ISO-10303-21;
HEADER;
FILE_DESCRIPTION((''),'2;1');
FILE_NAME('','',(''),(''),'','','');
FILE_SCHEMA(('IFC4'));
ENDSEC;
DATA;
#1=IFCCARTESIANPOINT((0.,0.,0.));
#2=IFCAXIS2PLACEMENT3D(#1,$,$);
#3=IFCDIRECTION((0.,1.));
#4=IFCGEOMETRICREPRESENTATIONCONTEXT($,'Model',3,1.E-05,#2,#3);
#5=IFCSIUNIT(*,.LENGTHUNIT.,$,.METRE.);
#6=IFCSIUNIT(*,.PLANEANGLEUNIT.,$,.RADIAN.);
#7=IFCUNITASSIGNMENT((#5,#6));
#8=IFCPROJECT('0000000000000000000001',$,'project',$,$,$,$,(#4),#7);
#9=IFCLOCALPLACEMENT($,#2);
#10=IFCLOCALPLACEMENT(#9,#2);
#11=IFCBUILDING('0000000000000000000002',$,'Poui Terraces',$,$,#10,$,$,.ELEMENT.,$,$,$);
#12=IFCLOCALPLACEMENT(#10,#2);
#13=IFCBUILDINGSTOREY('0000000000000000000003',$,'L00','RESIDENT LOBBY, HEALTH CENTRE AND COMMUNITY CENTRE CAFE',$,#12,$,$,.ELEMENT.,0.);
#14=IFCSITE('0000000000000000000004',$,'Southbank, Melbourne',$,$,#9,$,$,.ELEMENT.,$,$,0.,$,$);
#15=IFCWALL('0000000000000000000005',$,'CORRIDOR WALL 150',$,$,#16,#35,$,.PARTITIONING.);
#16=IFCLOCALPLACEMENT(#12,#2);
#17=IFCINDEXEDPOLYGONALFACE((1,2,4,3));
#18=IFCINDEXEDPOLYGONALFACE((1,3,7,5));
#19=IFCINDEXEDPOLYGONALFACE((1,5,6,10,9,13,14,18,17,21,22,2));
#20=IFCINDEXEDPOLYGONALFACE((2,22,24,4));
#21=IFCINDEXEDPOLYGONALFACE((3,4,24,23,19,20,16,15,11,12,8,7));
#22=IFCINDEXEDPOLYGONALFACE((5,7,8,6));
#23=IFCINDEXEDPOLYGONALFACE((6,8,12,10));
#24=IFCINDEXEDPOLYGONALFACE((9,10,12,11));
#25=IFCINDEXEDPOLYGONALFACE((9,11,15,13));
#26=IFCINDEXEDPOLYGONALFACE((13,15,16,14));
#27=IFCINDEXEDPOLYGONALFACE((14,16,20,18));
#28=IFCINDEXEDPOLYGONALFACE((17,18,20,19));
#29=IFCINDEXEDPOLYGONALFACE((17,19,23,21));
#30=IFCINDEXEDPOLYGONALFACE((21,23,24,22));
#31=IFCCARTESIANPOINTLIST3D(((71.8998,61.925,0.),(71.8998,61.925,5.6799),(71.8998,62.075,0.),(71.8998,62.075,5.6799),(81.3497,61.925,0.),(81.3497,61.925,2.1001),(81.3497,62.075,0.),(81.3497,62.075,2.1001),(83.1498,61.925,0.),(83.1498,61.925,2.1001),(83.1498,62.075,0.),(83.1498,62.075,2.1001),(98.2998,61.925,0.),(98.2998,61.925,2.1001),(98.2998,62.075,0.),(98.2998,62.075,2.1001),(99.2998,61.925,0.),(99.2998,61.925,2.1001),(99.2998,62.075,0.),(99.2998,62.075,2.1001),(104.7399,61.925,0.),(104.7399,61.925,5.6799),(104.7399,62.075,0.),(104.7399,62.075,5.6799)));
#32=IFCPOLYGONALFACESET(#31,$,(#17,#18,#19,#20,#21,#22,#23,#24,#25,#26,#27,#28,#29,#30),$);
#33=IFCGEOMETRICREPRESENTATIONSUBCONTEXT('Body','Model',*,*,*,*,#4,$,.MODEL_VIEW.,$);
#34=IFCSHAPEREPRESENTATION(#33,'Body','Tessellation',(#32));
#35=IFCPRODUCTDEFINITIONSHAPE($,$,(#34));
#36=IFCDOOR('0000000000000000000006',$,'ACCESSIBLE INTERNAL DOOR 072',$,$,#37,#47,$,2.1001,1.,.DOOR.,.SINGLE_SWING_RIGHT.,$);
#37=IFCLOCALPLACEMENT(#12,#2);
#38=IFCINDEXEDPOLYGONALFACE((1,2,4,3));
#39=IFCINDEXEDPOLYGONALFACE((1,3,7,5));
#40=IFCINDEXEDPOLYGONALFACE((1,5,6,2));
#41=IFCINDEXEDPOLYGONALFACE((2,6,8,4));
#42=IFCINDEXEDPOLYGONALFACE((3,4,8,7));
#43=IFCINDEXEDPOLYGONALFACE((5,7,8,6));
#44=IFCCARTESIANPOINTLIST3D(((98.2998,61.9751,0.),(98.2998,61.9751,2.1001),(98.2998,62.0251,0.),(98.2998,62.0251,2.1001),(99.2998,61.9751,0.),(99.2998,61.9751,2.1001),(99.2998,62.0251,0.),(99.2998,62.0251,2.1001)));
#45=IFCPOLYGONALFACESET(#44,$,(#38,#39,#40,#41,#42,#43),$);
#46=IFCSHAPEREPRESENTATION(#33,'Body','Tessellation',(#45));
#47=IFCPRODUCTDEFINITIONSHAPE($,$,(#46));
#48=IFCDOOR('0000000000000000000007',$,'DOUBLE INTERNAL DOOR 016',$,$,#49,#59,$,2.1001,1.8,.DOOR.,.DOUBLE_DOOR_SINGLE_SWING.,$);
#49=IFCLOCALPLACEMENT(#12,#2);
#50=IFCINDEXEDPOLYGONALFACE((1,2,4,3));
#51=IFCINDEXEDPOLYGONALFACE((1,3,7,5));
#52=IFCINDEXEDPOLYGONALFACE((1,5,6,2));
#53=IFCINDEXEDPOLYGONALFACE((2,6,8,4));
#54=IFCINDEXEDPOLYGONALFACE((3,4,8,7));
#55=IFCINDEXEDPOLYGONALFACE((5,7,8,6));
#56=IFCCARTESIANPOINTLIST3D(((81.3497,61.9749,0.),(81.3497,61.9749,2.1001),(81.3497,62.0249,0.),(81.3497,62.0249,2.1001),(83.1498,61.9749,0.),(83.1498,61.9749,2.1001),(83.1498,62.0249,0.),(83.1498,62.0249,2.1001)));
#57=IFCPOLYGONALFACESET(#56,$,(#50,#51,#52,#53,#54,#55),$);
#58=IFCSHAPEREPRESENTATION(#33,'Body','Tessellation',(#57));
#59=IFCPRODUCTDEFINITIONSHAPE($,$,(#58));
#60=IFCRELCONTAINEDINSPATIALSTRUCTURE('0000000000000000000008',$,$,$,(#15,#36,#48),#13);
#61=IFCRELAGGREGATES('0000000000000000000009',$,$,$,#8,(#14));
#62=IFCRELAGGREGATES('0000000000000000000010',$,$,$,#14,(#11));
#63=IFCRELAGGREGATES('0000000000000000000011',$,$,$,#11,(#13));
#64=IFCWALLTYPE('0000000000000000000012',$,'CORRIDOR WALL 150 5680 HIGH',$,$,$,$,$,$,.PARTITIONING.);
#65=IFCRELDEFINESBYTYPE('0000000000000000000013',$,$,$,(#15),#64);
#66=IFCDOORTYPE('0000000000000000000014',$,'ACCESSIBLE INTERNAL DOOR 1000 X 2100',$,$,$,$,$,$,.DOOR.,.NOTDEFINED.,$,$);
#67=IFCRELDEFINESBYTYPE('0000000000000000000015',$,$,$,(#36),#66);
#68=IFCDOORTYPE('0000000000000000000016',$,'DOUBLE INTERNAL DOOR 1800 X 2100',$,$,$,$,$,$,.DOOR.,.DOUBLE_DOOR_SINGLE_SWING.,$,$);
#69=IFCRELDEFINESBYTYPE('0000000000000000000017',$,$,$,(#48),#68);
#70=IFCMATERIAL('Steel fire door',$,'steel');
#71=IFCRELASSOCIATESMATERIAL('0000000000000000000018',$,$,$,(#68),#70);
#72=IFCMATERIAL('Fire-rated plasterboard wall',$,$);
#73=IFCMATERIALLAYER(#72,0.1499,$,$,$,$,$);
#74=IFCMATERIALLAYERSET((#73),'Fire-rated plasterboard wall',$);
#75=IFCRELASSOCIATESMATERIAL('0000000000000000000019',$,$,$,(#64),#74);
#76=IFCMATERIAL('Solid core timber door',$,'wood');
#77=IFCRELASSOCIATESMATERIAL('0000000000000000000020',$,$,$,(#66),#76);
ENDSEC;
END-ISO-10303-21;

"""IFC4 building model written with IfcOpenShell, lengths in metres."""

from ifc_helpers import new_model, si_unit, direction, frame, frame_2d, origin, place, context, subcontext, project, spatial, rectangle, extrude, material, layer, layer_set, type_object, element, fill, save


model = new_model("IFC4")

# Units and contexts
model_context = context("Model", 3, precision=1e-05, world=origin(), true_north=direction((0.0, 1.0)))
body_context = subcontext(model_context, "Body", "Model", "MODEL_VIEW")
ifc_project = project(units=[si_unit("LENGTHUNIT", "METRE"), si_unit("PLANEANGLEUNIT", "RADIAN")], contexts=[model_context])

# Site, building, storey
site_placement = place(None, origin())
site = spatial("IfcSite", under=ifc_project, at=site_placement, Name="Southbank, Melbourne", CompositionType="ELEMENT", RefElevation=0.0)
building_placement = place(site_placement, origin())
building = spatial("IfcBuilding", under=site, at=building_placement, Name="Poui Terraces", CompositionType="ELEMENT")
storey_placement = place(building_placement, origin())
storey = spatial("IfcBuildingStorey", under=building, at=storey_placement, Name="L00", Description="RESIDENT LOBBY, HEALTH CENTRE AND COMMUNITY CENTRE CAFE", CompositionType="ELEMENT", Elevation=0.0)

# Shared definitions
ifc_material_1 = material(Name="Fire-rated plasterboard wall")
ifc_material_2 = material(Name="Steel fire door", Category="steel")
door_type_1 = type_object("IfcDoorType", Name="DOUBLE INTERNAL DOOR 1800 X 2100", OperationType="DOUBLE_DOOR_SINGLE_SWING", PredefinedType="DOOR", material=ifc_material_2)

# Wall, openings, doors
ifc_layer_1 = layer(ifc_material_1, 0.1499)
ifc_layer_set_1 = layer_set([ifc_layer_1], Name="Fire-rated plasterboard wall")
wall_type_1 = type_object("IfcWallType", Name="CORRIDOR WALL 150 5680 HIGH", PredefinedType="PARTITIONING", material=ifc_layer_set_1)
wall_1_placement = place(storey_placement, frame((71.8999, 62.0, 0.0), z_axis=(0.0, 0.0, 1.0), x_axis=(1.0, 0.0, 0.0)))
wall_1 = element("IfcWall", 1, at=wall_1_placement, inside=storey, type_object=wall_type_1, Name="CORRIDOR WALL 150", PredefinedType="PARTITIONING", context=body_context, shape_type="SweptSolid", body=[
    extrude(rectangle(XDim=32.8401, YDim=0.1499, at=frame_2d((16.4199, 0.0))), origin(), (0.0, 0.0, 1.0), 5.6799),
])
opening_1_placement = place(wall_1_placement, frame((9.45, 0.0, 0.0)))
opening_1 = element("IfcOpeningElement", 2, at=opening_1_placement, cuts=wall_1, PredefinedType="OPENING", context=body_context, shape_type="SweptSolid", body=[
    extrude(rectangle(XDim=1.8, YDim=2.1001, at=frame_2d((0.8999, 1.05))), frame((0.0, 0.085, 0.0), z_axis=(0.0, -1.0, 0.0), x_axis=(1.0, 0.0, 0.0)), (0.0, 0.0, 1.0), 0.1699),
])
opening_2_placement = place(wall_1_placement, frame((26.3999, 0.0, 0.0)))
opening_2 = element("IfcOpeningElement", 3, at=opening_2_placement, cuts=wall_1, PredefinedType="OPENING", context=body_context, shape_type="SweptSolid", body=[
    extrude(rectangle(XDim=1.0, YDim=2.1001, at=frame_2d((0.5, 1.05))), frame((0.0, 0.085, 0.0), z_axis=(0.0, -1.0, 0.0), x_axis=(1.0, 0.0, 0.0)), (0.0, 0.0, 1.0), 0.1699),
])
ifc_material_3 = material(Name="Solid core timber door", Category="wood")
door_type_2 = type_object("IfcDoorType", Name="ACCESSIBLE INTERNAL DOOR 1000 X 2100", OperationType="NOTDEFINED", PredefinedType="DOOR", material=ifc_material_3)
door_1_placement = place(opening_2_placement, frame((1.0, 0.0, 0.0), z_axis=(0.0, 0.0, 1.0), x_axis=(-1.0, 0.0, 0.0)))
door_1 = element("IfcDoor", 4, at=door_1_placement, inside=storey, type_object=door_type_2, Name="ACCESSIBLE INTERNAL DOOR 072", OperationType="SINGLE_SWING_RIGHT", OverallHeight=2.1001, OverallWidth=1.0, PredefinedType="DOOR", context=body_context, shape_type="SweptSolid", body=[
    extrude(rectangle(XDim=1.0, YDim=2.1001, at=frame_2d((0.5, 1.05))), frame((0.0, 0.0249, 0.0), z_axis=(0.0, -1.0, 0.0), x_axis=(1.0, 0.0, 0.0)), (0.0, 0.0, 1.0), 0.05),
])
fill(opening_2, door_1)
door_2_placement = place(opening_1_placement, origin())
door_2 = element("IfcDoor", 5, at=door_2_placement, inside=storey, type_object=door_type_1, Name="DOUBLE INTERNAL DOOR 016", OperationType="DOUBLE_DOOR_SINGLE_SWING", OverallHeight=2.1001, OverallWidth=1.8, PredefinedType="DOOR", context=body_context, shape_type="SweptSolid", body=[
    extrude(rectangle(XDim=1.8, YDim=2.1001, at=frame_2d((0.8999, 1.05))), frame((0.0, 0.0249, 0.0), z_axis=(0.0, -1.0, 0.0), x_axis=(1.0, 0.0, 0.0)), (0.0, 0.0, 1.0), 0.05),
])
fill(opening_1, door_2)

save(model, "model.ifc")
